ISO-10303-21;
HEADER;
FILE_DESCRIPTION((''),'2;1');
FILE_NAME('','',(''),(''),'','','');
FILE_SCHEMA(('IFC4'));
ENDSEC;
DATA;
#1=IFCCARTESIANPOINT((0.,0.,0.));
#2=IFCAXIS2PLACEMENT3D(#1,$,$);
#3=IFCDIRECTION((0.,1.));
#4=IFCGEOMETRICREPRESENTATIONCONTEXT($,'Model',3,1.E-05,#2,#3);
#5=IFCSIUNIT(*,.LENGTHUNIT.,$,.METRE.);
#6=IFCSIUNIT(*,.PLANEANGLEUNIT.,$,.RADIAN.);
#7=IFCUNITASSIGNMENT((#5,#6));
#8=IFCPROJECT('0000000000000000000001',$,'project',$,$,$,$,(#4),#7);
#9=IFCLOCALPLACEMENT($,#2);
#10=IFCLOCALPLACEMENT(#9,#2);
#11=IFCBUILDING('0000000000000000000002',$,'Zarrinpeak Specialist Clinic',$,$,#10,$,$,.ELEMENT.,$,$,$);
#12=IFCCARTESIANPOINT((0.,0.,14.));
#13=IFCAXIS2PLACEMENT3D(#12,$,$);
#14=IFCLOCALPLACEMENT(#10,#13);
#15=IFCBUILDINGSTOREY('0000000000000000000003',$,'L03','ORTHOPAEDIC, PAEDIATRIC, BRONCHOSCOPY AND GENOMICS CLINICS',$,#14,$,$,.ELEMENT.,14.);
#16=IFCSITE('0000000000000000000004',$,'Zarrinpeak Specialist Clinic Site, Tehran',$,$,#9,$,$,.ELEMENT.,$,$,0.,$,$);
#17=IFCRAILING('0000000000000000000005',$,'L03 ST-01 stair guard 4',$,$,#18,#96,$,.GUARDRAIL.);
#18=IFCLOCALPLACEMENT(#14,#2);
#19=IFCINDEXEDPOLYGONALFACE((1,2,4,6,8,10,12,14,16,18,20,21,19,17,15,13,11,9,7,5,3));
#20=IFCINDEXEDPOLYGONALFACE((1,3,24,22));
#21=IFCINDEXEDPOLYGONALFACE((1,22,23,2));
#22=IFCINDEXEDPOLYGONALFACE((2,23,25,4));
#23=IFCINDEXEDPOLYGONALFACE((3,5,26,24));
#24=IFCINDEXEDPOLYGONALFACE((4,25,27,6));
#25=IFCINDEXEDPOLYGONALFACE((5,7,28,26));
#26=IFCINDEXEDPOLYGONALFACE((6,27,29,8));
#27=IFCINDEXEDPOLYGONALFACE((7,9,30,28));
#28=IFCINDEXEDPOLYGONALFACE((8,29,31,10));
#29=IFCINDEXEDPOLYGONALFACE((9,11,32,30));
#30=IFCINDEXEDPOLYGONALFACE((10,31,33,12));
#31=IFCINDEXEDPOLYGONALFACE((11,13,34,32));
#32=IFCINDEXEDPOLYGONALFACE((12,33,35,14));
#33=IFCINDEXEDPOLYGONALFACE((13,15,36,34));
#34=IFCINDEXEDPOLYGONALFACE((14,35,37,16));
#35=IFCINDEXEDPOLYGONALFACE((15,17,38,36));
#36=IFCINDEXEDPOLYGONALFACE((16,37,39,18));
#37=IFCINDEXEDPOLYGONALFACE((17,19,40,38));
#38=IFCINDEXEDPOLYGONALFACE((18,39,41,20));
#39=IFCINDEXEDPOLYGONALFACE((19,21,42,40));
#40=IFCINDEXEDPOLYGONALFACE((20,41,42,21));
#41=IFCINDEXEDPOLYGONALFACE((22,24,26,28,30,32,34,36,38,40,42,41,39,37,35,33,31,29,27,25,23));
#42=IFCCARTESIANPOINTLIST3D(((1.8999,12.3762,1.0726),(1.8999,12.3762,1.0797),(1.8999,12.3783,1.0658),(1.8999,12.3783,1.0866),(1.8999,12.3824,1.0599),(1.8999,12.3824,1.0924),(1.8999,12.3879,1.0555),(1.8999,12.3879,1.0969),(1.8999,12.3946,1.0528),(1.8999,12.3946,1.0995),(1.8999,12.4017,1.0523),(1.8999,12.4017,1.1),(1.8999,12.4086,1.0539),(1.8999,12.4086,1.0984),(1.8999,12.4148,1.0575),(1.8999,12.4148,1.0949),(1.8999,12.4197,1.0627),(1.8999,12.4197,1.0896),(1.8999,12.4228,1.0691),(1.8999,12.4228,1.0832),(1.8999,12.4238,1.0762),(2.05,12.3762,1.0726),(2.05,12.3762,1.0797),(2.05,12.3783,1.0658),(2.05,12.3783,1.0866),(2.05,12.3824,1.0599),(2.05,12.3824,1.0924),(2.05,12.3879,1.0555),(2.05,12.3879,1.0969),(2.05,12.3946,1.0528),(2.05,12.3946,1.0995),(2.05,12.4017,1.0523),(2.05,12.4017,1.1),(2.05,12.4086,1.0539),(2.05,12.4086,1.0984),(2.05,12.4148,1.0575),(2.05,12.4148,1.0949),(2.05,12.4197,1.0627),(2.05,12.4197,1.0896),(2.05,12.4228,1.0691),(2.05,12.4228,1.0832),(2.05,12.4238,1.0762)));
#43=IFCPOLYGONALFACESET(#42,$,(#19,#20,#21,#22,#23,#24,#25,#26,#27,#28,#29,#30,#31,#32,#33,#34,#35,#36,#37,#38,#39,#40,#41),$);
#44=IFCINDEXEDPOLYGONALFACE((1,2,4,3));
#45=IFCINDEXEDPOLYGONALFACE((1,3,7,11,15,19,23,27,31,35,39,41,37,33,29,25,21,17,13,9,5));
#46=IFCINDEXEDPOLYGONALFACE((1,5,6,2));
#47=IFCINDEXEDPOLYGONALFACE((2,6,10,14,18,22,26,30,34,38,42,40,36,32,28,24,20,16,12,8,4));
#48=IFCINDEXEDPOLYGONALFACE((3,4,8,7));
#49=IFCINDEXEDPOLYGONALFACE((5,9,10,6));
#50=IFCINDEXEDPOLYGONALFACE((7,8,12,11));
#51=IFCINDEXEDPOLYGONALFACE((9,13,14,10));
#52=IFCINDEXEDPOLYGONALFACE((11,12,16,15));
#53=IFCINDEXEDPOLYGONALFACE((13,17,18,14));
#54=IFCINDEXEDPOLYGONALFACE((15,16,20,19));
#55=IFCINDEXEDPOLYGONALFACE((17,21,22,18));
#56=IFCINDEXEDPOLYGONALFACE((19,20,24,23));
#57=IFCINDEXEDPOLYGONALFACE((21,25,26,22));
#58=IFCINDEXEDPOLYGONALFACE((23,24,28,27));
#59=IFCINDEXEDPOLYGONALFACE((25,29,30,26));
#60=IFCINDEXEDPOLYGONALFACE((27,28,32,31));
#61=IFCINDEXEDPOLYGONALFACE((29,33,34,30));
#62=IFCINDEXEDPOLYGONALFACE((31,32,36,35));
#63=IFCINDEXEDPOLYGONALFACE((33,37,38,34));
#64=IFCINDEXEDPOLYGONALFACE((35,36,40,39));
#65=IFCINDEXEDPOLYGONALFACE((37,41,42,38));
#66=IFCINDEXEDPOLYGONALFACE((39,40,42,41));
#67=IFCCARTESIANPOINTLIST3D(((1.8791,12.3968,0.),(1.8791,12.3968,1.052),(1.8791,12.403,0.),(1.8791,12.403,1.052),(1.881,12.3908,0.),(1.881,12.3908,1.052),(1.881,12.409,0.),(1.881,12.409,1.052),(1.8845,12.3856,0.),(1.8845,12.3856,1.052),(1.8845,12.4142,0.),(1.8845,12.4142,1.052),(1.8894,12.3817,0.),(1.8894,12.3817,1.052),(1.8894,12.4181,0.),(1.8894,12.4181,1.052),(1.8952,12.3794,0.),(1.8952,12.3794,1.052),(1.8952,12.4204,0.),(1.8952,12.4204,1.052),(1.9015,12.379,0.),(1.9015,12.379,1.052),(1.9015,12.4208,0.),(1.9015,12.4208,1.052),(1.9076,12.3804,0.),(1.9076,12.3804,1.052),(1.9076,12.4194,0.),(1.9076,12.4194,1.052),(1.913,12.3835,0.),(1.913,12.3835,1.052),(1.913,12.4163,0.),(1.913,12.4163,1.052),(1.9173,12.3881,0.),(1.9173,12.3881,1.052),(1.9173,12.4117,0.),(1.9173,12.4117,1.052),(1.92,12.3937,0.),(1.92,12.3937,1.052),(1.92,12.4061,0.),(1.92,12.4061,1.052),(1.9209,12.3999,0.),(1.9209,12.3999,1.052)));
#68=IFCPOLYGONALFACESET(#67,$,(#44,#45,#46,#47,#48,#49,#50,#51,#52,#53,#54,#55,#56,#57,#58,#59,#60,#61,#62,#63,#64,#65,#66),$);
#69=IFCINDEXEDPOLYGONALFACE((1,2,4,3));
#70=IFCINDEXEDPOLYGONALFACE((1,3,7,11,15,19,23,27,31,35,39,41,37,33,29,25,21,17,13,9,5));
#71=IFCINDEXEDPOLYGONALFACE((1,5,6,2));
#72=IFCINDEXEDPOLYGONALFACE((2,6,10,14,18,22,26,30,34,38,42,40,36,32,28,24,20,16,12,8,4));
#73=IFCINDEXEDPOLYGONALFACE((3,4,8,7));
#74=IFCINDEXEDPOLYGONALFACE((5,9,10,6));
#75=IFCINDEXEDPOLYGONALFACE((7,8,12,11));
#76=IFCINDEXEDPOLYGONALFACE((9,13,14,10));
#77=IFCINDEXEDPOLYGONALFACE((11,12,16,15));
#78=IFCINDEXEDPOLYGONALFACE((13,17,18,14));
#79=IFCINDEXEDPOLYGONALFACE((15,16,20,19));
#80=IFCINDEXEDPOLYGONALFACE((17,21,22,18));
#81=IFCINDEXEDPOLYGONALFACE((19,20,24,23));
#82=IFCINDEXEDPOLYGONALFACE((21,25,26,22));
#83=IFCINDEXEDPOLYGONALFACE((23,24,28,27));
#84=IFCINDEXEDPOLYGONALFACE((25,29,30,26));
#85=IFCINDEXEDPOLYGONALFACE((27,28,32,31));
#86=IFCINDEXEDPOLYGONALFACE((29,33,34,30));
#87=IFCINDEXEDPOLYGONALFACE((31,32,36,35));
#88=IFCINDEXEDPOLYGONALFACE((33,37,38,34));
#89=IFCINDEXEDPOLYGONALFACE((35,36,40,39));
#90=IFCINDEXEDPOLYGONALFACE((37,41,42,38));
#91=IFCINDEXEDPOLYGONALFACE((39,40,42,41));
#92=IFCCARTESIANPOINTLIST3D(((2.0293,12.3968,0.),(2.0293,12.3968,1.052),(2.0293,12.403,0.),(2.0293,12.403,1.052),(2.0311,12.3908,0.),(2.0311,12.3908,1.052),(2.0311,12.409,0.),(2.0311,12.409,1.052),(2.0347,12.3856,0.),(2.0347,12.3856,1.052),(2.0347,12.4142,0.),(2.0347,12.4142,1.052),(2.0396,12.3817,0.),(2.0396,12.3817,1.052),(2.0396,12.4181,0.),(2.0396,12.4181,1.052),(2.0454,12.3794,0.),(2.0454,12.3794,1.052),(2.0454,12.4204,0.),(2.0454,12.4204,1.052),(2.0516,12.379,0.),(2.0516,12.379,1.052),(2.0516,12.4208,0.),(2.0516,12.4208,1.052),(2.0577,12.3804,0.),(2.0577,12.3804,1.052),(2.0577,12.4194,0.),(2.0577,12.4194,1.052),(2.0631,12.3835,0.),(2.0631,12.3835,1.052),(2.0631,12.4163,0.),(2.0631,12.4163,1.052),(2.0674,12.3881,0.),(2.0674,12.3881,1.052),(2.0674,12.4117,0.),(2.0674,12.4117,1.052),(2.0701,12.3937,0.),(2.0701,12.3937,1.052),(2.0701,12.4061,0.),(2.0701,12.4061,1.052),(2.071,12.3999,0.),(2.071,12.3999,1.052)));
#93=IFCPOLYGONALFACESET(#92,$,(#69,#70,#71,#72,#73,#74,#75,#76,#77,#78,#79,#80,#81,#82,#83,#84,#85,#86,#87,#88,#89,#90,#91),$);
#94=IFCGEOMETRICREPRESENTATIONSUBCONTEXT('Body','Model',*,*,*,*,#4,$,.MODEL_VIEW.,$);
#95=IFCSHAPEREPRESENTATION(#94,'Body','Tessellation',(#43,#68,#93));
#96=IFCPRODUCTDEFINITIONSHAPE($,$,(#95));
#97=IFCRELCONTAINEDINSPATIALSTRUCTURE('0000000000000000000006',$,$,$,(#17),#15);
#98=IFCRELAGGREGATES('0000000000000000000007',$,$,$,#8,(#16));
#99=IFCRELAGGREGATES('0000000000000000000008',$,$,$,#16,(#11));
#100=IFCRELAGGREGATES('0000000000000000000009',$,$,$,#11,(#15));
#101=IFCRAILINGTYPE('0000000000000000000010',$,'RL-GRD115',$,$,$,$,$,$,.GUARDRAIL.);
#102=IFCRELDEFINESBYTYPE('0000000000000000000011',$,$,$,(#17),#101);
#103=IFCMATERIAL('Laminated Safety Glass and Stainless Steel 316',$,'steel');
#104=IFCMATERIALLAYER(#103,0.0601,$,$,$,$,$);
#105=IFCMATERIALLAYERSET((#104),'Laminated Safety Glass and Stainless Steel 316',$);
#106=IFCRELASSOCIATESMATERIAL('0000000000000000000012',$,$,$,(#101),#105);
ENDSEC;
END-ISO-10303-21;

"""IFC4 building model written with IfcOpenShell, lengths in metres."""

from ifc_helpers import new_model, si_unit, direction, frame, origin, origin_2d, place, context, subcontext, project, spatial, circle, extrude, material, layer, layer_set, type_object, element, save


model = new_model("IFC4")

# Units and contexts
model_context = context("Model", 3, precision=1e-05, world=origin(), true_north=direction((0.0, 1.0)))
body_context = subcontext(model_context, "Body", "Model", "MODEL_VIEW")
ifc_project = project(units=[si_unit("LENGTHUNIT", "METRE"), si_unit("PLANEANGLEUNIT", "RADIAN")], contexts=[model_context])

# Site, building, storey
site_placement = place(None, origin())
site = spatial("IfcSite", under=ifc_project, at=site_placement, Name="Zarrinpeak Specialist Clinic Site, Tehran", CompositionType="ELEMENT", RefElevation=0.0)
building_placement = place(site_placement, origin())
building = spatial("IfcBuilding", under=site, at=building_placement, Name="Zarrinpeak Specialist Clinic", CompositionType="ELEMENT")
storey_placement = place(building_placement, frame((0.0, 0.0, 14.0)))
storey = spatial("IfcBuildingStorey", under=building, at=storey_placement, Name="L03", Description="ORTHOPAEDIC, PAEDIATRIC, BRONCHOSCOPY AND GENOMICS CLINICS", CompositionType="ELEMENT", Elevation=14.0)

# Railing
ifc_material_1 = material(Name="Laminated Safety Glass and Stainless Steel 316", Category="steel")
ifc_layer_1 = layer(ifc_material_1, 0.0601)
ifc_layer_set_1 = layer_set([ifc_layer_1], Name="Laminated Safety Glass and Stainless Steel 316")
railing_type_1 = type_object("IfcRailingType", Name="RL-GRD115", PredefinedType="GUARDRAIL", material=ifc_layer_set_1)
railing_1_placement = place(storey_placement, frame((1.8999, 12.3999, 0.0)))
element("IfcRailing", 1, at=railing_1_placement, inside=storey, type_object=railing_type_1, Name="L03 ST-01 stair guard 4", PredefinedType="GUARDRAIL", context=body_context, shape_type="SweptSolid", body=[
    extrude(circle(Radius=0.0239, at=origin_2d()), frame((0.0, 0.0, 1.0762), z_axis=(1.0, 0.0, 0.0), x_axis=(0.0, 1.0, 0.0)), (0.0, 0.0, 1.0), 0.1501),
    extrude(circle(Radius=0.021, at=origin_2d()), origin(), (0.0, 0.0, 1.0), 1.052),
    extrude(circle(Radius=0.021, at=origin_2d()), frame((0.1501, 0.0, 0.0)), (0.0, 0.0, 1.0), 1.052),
])

save(model, "model.ifc")
